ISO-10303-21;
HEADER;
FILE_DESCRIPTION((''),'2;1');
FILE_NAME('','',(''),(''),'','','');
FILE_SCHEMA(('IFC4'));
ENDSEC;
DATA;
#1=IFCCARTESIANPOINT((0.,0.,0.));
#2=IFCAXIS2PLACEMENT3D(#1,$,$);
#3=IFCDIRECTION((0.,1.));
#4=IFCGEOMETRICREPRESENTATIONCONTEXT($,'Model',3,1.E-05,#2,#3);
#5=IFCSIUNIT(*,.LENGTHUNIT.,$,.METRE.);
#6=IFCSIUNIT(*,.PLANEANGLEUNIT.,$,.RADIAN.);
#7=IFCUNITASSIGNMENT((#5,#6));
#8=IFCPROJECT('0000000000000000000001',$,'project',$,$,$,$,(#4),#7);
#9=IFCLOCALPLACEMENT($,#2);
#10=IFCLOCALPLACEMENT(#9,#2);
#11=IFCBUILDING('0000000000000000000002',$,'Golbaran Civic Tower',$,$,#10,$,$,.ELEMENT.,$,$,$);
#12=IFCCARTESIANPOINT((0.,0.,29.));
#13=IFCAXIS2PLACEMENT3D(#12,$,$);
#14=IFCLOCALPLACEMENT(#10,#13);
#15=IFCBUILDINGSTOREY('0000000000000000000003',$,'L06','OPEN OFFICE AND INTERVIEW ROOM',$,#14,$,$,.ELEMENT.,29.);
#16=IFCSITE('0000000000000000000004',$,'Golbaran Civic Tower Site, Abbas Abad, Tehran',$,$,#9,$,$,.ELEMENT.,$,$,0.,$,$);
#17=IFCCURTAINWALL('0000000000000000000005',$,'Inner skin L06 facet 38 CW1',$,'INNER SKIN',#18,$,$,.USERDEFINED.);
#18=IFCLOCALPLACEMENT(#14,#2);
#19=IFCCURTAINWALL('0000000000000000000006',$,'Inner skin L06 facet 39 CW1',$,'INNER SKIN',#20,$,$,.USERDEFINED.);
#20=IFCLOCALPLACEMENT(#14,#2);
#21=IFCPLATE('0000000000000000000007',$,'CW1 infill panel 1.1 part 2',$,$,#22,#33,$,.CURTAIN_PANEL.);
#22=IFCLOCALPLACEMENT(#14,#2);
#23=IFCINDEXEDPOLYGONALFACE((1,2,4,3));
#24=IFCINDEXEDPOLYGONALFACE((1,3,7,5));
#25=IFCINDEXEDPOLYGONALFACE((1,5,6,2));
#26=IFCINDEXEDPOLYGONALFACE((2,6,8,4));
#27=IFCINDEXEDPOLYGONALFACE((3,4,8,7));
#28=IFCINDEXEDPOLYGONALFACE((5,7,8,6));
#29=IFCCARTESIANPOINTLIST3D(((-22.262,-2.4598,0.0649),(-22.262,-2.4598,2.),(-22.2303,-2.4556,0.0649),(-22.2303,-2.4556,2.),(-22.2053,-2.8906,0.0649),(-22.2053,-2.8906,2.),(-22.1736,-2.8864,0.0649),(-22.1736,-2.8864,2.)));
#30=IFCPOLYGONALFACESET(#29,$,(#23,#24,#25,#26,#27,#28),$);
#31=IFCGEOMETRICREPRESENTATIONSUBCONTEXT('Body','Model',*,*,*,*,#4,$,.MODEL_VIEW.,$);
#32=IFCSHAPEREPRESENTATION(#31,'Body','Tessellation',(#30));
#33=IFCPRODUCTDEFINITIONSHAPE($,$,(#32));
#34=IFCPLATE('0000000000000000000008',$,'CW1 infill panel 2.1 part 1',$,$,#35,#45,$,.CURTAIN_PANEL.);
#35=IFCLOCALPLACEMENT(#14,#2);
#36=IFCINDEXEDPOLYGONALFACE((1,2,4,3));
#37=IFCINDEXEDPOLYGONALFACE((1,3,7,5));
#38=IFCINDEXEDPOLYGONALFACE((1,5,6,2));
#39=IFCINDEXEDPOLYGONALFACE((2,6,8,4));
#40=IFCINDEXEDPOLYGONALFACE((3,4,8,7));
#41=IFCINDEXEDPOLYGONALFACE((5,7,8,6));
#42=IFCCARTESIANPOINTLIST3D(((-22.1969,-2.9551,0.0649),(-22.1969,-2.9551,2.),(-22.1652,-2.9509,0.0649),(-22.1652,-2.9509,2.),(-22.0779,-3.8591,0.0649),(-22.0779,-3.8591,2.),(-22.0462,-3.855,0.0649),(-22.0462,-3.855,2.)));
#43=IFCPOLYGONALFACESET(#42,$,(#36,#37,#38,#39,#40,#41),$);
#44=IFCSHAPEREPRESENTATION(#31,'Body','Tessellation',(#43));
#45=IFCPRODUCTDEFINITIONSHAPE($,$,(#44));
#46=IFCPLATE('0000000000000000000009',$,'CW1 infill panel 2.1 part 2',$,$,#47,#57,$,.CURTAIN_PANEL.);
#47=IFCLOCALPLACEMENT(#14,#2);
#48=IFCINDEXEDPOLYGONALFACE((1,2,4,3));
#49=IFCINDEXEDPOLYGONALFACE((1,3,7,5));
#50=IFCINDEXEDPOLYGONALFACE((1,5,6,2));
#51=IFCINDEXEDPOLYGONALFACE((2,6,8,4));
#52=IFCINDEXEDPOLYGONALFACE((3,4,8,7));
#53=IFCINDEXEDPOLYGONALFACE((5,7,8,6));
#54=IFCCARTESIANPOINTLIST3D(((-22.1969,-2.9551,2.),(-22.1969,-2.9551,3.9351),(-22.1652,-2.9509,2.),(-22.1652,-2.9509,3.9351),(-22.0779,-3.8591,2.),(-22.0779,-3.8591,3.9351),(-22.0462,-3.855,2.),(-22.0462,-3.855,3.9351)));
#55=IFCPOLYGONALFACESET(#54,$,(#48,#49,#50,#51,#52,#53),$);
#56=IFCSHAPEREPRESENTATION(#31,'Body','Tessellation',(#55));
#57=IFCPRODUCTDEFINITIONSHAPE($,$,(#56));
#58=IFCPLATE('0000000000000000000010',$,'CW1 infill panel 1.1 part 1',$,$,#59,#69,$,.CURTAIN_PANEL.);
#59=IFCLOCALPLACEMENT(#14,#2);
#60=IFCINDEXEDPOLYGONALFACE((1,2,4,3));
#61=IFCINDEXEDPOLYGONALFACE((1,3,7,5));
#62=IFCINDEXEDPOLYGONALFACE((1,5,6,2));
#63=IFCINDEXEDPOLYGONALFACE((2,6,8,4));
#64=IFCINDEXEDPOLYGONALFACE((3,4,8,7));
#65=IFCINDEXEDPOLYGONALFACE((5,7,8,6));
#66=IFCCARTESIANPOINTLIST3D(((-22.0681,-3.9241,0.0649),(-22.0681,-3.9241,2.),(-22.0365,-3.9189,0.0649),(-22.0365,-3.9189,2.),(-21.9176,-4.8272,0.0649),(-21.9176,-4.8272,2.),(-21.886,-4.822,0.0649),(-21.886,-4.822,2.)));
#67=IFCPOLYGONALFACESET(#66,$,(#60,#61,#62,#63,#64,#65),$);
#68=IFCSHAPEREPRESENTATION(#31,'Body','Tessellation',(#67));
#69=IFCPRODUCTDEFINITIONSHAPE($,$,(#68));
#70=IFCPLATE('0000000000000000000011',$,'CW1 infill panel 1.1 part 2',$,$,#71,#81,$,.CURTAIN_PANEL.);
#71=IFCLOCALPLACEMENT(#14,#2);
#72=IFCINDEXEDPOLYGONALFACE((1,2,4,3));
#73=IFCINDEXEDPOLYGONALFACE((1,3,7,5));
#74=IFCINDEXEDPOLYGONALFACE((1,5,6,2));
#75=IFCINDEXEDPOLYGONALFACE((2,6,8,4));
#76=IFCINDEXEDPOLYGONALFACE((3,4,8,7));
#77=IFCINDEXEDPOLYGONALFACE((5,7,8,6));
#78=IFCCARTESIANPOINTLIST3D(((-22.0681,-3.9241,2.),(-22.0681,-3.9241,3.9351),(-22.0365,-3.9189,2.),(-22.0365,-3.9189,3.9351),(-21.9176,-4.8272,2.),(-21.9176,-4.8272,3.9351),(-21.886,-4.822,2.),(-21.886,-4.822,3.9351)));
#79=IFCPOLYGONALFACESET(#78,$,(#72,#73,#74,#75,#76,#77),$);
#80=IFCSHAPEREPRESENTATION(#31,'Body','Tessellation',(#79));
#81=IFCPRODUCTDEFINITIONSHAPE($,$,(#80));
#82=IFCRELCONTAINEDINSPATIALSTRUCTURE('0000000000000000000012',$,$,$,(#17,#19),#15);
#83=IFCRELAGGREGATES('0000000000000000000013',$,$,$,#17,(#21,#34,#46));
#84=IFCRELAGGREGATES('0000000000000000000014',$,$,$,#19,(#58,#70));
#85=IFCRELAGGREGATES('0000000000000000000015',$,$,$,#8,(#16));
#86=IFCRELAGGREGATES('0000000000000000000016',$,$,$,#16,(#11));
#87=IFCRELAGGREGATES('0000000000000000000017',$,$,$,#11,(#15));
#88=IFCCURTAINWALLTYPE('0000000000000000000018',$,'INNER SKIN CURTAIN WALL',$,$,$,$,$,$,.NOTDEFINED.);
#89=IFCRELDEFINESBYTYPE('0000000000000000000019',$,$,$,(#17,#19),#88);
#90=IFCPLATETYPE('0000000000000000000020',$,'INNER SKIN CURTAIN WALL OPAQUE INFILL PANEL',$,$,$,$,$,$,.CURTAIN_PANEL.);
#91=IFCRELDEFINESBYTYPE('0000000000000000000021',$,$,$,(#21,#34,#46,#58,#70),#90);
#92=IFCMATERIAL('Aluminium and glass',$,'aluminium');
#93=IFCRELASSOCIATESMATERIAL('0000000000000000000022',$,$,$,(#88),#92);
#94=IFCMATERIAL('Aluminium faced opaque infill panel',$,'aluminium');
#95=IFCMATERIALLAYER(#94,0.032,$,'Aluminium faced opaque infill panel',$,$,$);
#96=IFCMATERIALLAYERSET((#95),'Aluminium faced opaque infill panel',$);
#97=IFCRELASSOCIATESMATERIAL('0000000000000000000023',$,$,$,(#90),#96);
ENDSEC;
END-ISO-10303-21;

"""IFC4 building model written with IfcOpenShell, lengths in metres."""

from ifc_helpers import new_model, si_unit, direction, frame, origin, origin_2d, place, context, subcontext, project, spatial, rectangle, extrude, material, layer, layer_set, type_object, element, aggregate, save


model = new_model("IFC4")

# Units and contexts
model_context = context("Model", 3, precision=1e-05, world=origin(), true_north=direction((0.0, 1.0)))
body_context = subcontext(model_context, "Body", "Model", "MODEL_VIEW")
ifc_project = project(units=[si_unit("LENGTHUNIT", "METRE"), si_unit("PLANEANGLEUNIT", "RADIAN")], contexts=[model_context])

# Site, building, storey
site_placement = place(None, origin())
site = spatial("IfcSite", under=ifc_project, at=site_placement, Name="Golbaran Civic Tower Site, Abbas Abad, Tehran", CompositionType="ELEMENT", RefElevation=0.0)
building_placement = place(site_placement, origin())
building = spatial("IfcBuilding", under=site, at=building_placement, Name="Golbaran Civic Tower", CompositionType="ELEMENT")
storey_placement = place(building_placement, frame((0.0, 0.0, 29.0)))
storey = spatial("IfcBuildingStorey", under=building, at=storey_placement, Name="L06", Description="OPEN OFFICE AND INTERVIEW ROOM", CompositionType="ELEMENT", Elevation=29.0)

# Curtain wall
ifc_material_1 = material(Name="Aluminium and glass", Category="aluminium")
curtain_wall_type = type_object("IfcCurtainWallType", Name="INNER SKIN CURTAIN WALL", PredefinedType="NOTDEFINED", material=ifc_material_1)
curtain_wall_1_placement = place(storey_placement, origin())
curtain_wall_1 = element("IfcCurtainWall", 1, at=curtain_wall_1_placement, inside=storey, type_object=curtain_wall_type, Name="Inner skin L06 facet 38 CW1", ObjectType="INNER SKIN", PredefinedType="USERDEFINED")

# Curtain wall
curtain_wall_2_placement = place(storey_placement, origin())
curtain_wall_2 = element("IfcCurtainWall", 2, at=curtain_wall_2_placement, inside=storey, type_object=curtain_wall_type, Name="Inner skin L06 facet 39 CW1", ObjectType="INNER SKIN", PredefinedType="USERDEFINED")

# Plates
ifc_material_2 = material(Name="Aluminium faced opaque infill panel", Category="aluminium")
ifc_layer_1 = layer(ifc_material_2, 0.032, Name="Aluminium faced opaque infill panel")
ifc_layer_set_1 = layer_set([ifc_layer_1], Name="Aluminium faced opaque infill panel")
plate_type_1 = type_object("IfcPlateType", Name="INNER SKIN CURTAIN WALL OPAQUE INFILL PANEL", PredefinedType="CURTAIN_PANEL", material=ifc_layer_set_1)
plate_1_placement = place(storey_placement, frame((-22.2178, -2.6731, 0.0649), z_axis=(0.0, 0.0, 1.0), x_axis=(0.130526, -0.991445, 0.0)))
plate_1 = element("IfcPlate", 3, at=plate_1_placement, type_object=plate_type_1, Name="CW1 infill panel 1.1 part 2", PredefinedType="CURTAIN_PANEL", context=body_context, shape_type="SweptSolid", body=[
    extrude(rectangle(XDim=0.4346, YDim=0.032, at=origin_2d()), origin(), (0.0, 0.0, 1.0), 1.9351),
])
plate_2_placement = place(storey_placement, frame((-22.1216, -3.405, 0.0649), z_axis=(0.0, 0.0, 1.0), x_axis=(0.130526, -0.991445, 0.0)))
plate_2 = element("IfcPlate", 4, at=plate_2_placement, type_object=plate_type_1, Name="CW1 infill panel 2.1 part 1", PredefinedType="CURTAIN_PANEL", context=body_context, shape_type="SweptSolid", body=[
    extrude(rectangle(XDim=0.9119, YDim=0.032, at=origin_2d()), origin(), (0.0, 0.0, 1.0), 1.9351),
])
plate_3_placement = place(storey_placement, frame((-22.1216, -3.405, 2.0), z_axis=(0.0, 0.0, 1.0), x_axis=(0.130526, -0.991445, 0.0)))
plate_3 = element("IfcPlate", 5, at=plate_3_placement, type_object=plate_type_1, Name="CW1 infill panel 2.1 part 2", PredefinedType="CURTAIN_PANEL", context=body_context, shape_type="SweptSolid", body=[
    extrude(rectangle(XDim=0.9119, YDim=0.032, at=origin_2d()), origin(), (0.0, 0.0, 1.0), 1.9351),
])
aggregate(curtain_wall_1, [plate_1, plate_2, plate_3])
plate_4_placement = place(storey_placement, frame((-21.9771, -4.373, 0.0649), z_axis=(0.0, 0.0, 1.0), x_axis=(0.164415, -0.986391, 0.0)))
plate_4 = element("IfcPlate", 6, at=plate_4_placement, type_object=plate_type_1, Name="CW1 infill panel 1.1 part 1", PredefinedType="CURTAIN_PANEL", context=body_context, shape_type="SweptSolid", body=[
    extrude(rectangle(XDim=0.9155, YDim=0.032, at=origin_2d()), origin(), (0.0, 0.0, 1.0), 1.9351),
])
plate_5_placement = place(storey_placement, frame((-21.9771, -4.373, 2.0), z_axis=(0.0, 0.0, 1.0), x_axis=(0.164415, -0.986391, 0.0)))
plate_5 = element("IfcPlate", 7, at=plate_5_placement, type_object=plate_type_1, Name="CW1 infill panel 1.1 part 2", PredefinedType="CURTAIN_PANEL", context=body_context, shape_type="SweptSolid", body=[
    extrude(rectangle(XDim=0.9155, YDim=0.032, at=origin_2d()), origin(), (0.0, 0.0, 1.0), 1.9351),
])
aggregate(curtain_wall_2, [plate_4, plate_5])

save(model, "model.ifc")
